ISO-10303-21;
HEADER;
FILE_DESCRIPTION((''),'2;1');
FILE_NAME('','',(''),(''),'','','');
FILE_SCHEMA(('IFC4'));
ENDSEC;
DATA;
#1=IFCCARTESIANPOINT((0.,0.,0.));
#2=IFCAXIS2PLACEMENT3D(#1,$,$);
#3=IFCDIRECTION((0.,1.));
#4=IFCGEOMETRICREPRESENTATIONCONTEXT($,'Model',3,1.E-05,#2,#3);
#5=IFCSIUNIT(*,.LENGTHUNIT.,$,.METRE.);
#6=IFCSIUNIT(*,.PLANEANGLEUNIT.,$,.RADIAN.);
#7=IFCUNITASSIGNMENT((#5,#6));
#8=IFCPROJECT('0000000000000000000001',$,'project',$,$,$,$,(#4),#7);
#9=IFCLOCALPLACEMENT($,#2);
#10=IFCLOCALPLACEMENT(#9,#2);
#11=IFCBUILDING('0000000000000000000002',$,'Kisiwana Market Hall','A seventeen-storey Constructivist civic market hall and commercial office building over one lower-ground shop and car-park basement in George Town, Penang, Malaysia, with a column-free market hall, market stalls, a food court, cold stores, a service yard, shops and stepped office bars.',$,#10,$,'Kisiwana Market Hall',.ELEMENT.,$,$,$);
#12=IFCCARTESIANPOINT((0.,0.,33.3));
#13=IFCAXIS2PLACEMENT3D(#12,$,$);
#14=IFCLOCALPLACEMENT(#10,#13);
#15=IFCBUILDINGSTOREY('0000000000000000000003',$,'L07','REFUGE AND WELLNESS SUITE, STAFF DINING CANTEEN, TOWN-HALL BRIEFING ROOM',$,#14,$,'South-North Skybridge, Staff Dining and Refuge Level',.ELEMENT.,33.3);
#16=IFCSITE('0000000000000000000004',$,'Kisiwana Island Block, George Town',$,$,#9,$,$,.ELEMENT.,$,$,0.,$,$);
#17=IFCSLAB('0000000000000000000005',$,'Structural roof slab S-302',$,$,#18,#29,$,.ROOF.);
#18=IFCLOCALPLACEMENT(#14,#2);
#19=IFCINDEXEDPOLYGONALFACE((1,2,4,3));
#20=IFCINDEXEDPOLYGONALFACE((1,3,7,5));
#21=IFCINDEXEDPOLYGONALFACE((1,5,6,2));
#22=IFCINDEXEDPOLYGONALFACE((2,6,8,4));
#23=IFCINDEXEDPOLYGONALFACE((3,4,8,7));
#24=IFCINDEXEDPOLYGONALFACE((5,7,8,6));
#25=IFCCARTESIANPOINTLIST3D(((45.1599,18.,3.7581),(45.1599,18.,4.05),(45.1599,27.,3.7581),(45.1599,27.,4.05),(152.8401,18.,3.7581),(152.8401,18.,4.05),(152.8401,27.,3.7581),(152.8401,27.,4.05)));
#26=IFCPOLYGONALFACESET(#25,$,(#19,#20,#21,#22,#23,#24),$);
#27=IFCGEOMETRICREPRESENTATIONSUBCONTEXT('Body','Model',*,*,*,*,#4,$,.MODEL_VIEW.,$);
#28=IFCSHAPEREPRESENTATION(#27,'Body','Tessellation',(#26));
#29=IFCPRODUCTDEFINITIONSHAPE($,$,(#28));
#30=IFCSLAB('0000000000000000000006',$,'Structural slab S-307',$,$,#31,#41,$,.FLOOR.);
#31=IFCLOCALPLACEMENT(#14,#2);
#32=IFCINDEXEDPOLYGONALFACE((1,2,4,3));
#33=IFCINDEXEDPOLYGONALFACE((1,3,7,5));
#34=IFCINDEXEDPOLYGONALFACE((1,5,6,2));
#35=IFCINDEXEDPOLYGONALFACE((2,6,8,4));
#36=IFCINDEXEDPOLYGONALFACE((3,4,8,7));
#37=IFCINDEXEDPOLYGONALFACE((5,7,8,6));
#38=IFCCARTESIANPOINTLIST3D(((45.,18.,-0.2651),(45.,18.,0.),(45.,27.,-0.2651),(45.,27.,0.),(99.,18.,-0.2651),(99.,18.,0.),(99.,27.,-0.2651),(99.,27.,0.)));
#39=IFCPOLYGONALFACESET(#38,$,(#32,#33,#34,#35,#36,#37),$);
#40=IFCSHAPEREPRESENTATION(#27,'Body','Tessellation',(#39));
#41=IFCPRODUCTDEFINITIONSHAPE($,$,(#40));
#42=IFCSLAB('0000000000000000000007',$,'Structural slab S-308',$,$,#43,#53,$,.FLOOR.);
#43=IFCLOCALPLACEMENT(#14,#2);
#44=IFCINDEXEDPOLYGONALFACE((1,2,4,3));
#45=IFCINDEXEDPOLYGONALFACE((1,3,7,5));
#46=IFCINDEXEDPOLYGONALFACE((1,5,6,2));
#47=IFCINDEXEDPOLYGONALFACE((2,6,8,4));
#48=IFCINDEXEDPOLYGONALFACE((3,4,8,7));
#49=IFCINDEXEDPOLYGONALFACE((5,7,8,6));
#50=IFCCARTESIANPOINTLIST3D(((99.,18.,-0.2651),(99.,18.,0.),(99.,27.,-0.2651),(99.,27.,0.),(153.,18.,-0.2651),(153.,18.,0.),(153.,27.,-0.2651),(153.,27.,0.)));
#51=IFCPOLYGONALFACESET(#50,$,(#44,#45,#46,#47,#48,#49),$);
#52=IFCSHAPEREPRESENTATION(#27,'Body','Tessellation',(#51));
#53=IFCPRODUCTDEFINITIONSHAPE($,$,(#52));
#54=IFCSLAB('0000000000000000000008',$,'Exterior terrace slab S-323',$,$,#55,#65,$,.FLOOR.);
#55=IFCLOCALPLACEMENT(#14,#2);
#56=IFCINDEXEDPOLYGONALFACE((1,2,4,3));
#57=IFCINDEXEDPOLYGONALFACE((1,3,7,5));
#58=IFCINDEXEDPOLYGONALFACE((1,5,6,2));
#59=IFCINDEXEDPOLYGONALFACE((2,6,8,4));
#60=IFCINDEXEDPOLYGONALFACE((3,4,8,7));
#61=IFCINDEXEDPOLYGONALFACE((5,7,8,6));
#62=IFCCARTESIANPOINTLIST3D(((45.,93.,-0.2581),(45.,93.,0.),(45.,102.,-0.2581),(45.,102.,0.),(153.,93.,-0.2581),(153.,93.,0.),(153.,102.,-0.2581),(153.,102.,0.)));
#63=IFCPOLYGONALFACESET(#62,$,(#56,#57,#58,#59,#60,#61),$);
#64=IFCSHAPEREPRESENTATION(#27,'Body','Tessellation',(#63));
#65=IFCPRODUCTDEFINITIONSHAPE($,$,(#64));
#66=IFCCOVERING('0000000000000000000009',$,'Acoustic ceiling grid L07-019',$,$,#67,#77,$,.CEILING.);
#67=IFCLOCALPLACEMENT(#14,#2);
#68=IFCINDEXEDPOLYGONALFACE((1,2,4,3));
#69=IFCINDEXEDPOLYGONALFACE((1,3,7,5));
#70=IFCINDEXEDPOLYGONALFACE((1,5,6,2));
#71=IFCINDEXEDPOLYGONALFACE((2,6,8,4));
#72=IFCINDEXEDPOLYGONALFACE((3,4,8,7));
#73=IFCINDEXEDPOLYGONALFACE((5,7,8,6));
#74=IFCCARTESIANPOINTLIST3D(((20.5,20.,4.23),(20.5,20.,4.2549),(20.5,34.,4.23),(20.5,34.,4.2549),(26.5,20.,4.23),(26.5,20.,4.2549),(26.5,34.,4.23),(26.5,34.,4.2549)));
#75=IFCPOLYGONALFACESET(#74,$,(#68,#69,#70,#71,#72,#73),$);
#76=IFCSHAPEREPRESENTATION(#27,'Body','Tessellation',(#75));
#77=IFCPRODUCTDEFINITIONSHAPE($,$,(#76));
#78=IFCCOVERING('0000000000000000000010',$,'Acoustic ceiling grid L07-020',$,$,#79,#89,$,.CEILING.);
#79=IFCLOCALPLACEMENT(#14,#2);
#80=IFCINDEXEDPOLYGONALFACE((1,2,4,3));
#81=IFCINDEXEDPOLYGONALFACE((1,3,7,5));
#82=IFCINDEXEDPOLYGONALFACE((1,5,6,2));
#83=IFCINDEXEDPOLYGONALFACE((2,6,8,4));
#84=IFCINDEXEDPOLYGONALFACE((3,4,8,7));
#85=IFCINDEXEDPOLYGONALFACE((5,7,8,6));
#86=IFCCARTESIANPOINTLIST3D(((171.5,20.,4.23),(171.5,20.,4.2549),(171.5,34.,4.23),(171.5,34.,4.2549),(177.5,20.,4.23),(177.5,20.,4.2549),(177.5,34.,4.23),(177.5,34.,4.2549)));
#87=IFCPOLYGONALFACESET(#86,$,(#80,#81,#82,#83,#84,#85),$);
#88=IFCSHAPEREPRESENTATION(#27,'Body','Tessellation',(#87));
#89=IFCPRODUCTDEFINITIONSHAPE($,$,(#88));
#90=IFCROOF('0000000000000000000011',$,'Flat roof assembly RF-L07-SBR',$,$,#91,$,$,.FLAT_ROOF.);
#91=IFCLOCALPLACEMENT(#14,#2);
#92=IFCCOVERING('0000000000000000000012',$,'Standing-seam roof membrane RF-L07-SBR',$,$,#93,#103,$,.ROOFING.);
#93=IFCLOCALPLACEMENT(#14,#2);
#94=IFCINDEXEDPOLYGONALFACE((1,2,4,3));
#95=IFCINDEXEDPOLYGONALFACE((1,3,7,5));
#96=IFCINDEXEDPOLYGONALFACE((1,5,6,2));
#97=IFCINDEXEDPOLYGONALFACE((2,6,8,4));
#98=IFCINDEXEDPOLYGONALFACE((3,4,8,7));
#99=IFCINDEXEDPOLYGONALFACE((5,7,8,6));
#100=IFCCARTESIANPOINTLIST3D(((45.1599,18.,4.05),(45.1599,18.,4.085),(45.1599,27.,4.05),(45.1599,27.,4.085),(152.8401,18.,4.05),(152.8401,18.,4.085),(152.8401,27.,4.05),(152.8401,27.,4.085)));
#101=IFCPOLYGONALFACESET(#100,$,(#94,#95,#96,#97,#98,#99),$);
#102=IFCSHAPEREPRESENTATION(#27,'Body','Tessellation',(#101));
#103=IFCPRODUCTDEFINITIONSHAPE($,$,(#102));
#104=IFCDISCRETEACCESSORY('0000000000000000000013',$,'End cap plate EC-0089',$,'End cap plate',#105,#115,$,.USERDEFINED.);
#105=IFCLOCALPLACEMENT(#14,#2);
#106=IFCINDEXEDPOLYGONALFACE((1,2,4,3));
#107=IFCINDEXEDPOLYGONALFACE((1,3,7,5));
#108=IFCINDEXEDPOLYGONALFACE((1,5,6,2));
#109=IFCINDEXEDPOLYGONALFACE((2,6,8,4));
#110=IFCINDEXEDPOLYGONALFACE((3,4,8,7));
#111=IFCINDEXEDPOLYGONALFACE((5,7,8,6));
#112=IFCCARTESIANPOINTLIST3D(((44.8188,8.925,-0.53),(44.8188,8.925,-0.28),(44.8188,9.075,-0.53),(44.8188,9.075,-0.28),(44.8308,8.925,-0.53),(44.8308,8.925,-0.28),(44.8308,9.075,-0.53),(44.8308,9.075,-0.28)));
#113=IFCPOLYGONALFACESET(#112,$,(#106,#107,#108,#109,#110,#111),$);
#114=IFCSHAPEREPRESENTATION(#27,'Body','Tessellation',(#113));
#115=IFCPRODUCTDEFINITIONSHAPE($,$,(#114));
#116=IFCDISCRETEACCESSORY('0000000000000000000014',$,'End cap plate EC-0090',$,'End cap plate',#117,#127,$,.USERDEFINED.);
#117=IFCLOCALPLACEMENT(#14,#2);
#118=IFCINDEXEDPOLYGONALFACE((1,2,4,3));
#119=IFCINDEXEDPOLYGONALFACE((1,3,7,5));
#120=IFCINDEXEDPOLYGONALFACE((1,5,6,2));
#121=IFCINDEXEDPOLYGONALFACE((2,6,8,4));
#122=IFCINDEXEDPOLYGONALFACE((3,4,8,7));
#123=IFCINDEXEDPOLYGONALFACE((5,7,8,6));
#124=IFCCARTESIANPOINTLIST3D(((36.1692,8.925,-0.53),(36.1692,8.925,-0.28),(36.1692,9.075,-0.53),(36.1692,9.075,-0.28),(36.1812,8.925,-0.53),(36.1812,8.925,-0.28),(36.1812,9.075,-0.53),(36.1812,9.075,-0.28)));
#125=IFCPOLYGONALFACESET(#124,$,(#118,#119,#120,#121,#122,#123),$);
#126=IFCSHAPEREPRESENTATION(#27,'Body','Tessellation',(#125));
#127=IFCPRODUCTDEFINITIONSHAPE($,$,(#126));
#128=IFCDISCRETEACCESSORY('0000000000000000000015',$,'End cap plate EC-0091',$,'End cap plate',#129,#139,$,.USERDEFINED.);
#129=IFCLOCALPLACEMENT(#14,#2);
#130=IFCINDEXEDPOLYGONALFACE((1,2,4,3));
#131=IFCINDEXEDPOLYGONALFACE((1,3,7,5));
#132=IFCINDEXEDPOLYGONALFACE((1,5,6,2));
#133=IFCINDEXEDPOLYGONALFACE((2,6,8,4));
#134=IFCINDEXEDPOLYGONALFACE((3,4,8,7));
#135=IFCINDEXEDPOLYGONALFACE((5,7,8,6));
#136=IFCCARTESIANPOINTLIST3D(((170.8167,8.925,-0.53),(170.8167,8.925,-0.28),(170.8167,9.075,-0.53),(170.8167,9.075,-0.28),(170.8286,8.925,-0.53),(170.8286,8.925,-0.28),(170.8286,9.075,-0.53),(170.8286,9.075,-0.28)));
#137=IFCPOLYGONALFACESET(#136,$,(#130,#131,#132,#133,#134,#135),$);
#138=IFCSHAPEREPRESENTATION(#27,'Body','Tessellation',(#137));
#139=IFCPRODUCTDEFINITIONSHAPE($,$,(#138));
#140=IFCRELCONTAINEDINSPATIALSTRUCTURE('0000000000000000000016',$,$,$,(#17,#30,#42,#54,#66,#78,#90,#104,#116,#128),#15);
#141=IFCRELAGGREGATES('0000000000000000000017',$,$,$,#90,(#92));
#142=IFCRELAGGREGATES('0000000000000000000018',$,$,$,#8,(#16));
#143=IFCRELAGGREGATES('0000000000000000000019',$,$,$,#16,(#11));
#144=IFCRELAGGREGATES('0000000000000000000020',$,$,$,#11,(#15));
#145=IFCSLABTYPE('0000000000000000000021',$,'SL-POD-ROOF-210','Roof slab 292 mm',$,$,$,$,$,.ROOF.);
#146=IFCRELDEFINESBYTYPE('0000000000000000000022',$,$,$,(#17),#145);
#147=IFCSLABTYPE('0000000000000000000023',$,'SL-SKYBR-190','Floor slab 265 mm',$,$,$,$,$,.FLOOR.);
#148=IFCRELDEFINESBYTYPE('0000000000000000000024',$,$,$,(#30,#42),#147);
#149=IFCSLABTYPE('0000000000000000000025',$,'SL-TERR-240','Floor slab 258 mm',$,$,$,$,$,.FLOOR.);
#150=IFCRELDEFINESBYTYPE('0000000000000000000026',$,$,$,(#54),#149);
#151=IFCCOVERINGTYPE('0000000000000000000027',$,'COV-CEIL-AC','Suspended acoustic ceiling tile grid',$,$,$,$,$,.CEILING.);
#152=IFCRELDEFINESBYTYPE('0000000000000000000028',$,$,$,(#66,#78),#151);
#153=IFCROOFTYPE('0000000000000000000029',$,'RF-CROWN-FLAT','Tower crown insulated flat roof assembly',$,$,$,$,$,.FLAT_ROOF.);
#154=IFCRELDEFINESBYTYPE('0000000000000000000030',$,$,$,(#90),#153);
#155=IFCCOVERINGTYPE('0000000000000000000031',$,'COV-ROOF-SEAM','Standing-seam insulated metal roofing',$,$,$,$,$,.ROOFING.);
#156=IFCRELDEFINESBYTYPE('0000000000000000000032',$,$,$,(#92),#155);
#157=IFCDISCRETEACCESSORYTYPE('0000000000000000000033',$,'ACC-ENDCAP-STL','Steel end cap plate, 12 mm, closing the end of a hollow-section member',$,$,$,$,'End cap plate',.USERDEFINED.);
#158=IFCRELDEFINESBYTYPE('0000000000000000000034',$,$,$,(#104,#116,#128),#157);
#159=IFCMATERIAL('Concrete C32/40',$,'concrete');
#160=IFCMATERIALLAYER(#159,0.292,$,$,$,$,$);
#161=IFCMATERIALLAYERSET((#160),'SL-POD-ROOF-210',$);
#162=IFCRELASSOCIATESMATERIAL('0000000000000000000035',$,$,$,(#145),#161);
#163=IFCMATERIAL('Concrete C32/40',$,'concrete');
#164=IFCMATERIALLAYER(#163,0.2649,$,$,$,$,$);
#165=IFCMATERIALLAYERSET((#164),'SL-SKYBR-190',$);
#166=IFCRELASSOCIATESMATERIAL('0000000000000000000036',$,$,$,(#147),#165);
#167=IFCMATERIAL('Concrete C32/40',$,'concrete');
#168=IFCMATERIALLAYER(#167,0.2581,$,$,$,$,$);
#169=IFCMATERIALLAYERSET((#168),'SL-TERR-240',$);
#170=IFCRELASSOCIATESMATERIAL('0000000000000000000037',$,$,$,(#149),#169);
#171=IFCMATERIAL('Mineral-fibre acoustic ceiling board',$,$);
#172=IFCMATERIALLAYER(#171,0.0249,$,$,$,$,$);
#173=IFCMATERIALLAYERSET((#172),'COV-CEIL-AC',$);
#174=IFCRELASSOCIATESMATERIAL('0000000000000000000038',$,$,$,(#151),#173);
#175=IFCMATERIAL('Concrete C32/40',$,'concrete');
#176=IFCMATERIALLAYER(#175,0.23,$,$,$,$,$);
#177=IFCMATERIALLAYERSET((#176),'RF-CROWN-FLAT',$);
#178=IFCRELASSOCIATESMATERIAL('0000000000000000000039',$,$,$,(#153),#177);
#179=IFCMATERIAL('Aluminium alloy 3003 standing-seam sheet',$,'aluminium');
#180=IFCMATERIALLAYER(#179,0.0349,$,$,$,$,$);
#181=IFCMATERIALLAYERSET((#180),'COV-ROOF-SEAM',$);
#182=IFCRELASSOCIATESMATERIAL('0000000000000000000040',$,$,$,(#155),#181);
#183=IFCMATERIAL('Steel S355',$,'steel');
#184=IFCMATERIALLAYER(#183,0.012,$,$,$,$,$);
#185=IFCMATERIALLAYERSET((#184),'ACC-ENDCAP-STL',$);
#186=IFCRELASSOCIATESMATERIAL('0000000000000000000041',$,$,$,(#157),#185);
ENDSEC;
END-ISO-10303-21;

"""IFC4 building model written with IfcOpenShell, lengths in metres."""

from ifc_helpers import new_model, si_unit, direction, frame, origin, place, context, subcontext, project, spatial, polyline, outline, extrude, material, layer, layer_set, type_object, element, aggregate, save


model = new_model("IFC4")

# Units and contexts
model_context = context("Model", 3, precision=1e-05, world=origin(), true_north=direction((0.0, 1.0)))
body_context = subcontext(model_context, "Body", "Model", "MODEL_VIEW")
ifc_project = project(units=[si_unit("LENGTHUNIT", "METRE"), si_unit("PLANEANGLEUNIT", "RADIAN")], contexts=[model_context])

# Site, building, storey
site_placement = place(None, origin())
site = spatial("IfcSite", under=ifc_project, at=site_placement, Name="Kisiwana Island Block, George Town", CompositionType="ELEMENT", RefElevation=0.0)
building_placement = place(site_placement, origin())
building = spatial("IfcBuilding", under=site, at=building_placement, Name="Kisiwana Market Hall", Description="A seventeen-storey Constructivist civic market hall and commercial office building over one lower-ground shop and car-park basement in George Town, Penang, Malaysia, with a column-free market hall, market stalls, a food court, cold stores, a service yard, shops and stepped office bars.", LongName="Kisiwana Market Hall", CompositionType="ELEMENT")
storey_placement = place(building_placement, frame((0.0, 0.0, 33.3)))
storey = spatial("IfcBuildingStorey", under=building, at=storey_placement, Name="L07", Description="REFUGE AND WELLNESS SUITE, STAFF DINING CANTEEN, TOWN-HALL BRIEFING ROOM", LongName="South-North Skybridge, Staff Dining and Refuge Level", CompositionType="ELEMENT", Elevation=33.3)

# Slabs
ifc_material_1 = material(Name="Concrete C32/40", Category="concrete")
ifc_layer_1 = layer(ifc_material_1, 0.292)
ifc_layer_set_1 = layer_set([ifc_layer_1], Name="SL-POD-ROOF-210")
slab_type_1 = type_object("IfcSlabType", Name="SL-POD-ROOF-210", Description="Roof slab 292 mm", PredefinedType="ROOF", material=ifc_layer_set_1)
slab_1_placement = place(storey_placement, frame((0.0, 0.0, 3.7581)))
element("IfcSlab", 1, at=slab_1_placement, inside=storey, type_object=slab_type_1, Name="Structural roof slab S-302", PredefinedType="ROOF", context=body_context, shape_type="SweptSolid", body=[
    extrude(outline(polyline([(45.1599, 18.0), (152.8401, 18.0), (152.8401, 27.0), (45.1599, 27.0), (45.1599, 18.0)])), origin(), (0.0, 0.0, 1.0), 0.292),
])
ifc_material_2 = material(Name="Concrete C32/40", Category="concrete")
ifc_layer_2 = layer(ifc_material_2, 0.2649)
ifc_layer_set_2 = layer_set([ifc_layer_2], Name="SL-SKYBR-190")
slab_type_2 = type_object("IfcSlabType", Name="SL-SKYBR-190", Description="Floor slab 265 mm", PredefinedType="FLOOR", material=ifc_layer_set_2)
slab_2_placement = place(storey_placement, frame((0.0, 0.0, -0.2651)))
element("IfcSlab", 2, at=slab_2_placement, inside=storey, type_object=slab_type_2, Name="Structural slab S-307", PredefinedType="FLOOR", context=body_context, shape_type="SweptSolid", body=[
    extrude(outline(polyline([(45.0, 18.0), (99.0, 18.0), (99.0, 27.0), (45.0, 27.0), (45.0, 18.0)])), origin(), (0.0, 0.0, 1.0), 0.2651),
])
slab_3_placement = place(storey_placement, frame((0.0, 0.0, -0.2651)))
element("IfcSlab", 3, at=slab_3_placement, inside=storey, type_object=slab_type_2, Name="Structural slab S-308", PredefinedType="FLOOR", context=body_context, shape_type="SweptSolid", body=[
    extrude(outline(polyline([(99.0, 18.0), (153.0, 18.0), (153.0, 27.0), (99.0, 27.0), (99.0, 18.0)])), origin(), (0.0, 0.0, 1.0), 0.2651),
])
ifc_material_3 = material(Name="Concrete C32/40", Category="concrete")
ifc_layer_3 = layer(ifc_material_3, 0.2581)
ifc_layer_set_3 = layer_set([ifc_layer_3], Name="SL-TERR-240")
slab_type_3 = type_object("IfcSlabType", Name="SL-TERR-240", Description="Floor slab 258 mm", PredefinedType="FLOOR", material=ifc_layer_set_3)
slab_4_placement = place(storey_placement, frame((0.0, 0.0, -0.2581)))
element("IfcSlab", 4, at=slab_4_placement, inside=storey, type_object=slab_type_3, Name="Exterior terrace slab S-323", PredefinedType="FLOOR", context=body_context, shape_type="SweptSolid", body=[
    extrude(outline(polyline([(45.0, 93.0), (153.0, 93.0), (153.0, 102.0), (45.0, 102.0), (45.0, 93.0)])), origin(), (0.0, 0.0, 1.0), 0.2581),
])

# Coverings
ifc_material_4 = material(Name="Mineral-fibre acoustic ceiling board")
ifc_layer_4 = layer(ifc_material_4, 0.0249)
ifc_layer_set_4 = layer_set([ifc_layer_4], Name="COV-CEIL-AC")
covering_type_1 = type_object("IfcCoveringType", Name="COV-CEIL-AC", Description="Suspended acoustic ceiling tile grid", PredefinedType="CEILING", material=ifc_layer_set_4)
covering_1_placement = place(storey_placement, frame((0.0, 0.0, 4.23)))
element("IfcCovering", 5, at=covering_1_placement, inside=storey, type_object=covering_type_1, Name="Acoustic ceiling grid L07-019", PredefinedType="CEILING", context=body_context, shape_type="SweptSolid", body=[
    extrude(outline(polyline([(20.5, 20.0), (26.5, 20.0), (26.5, 34.0), (20.5, 34.0), (20.5, 20.0)])), origin(), (0.0, 0.0, 1.0), 0.0249),
])
covering_2_placement = place(storey_placement, frame((0.0, 0.0, 4.23)))
element("IfcCovering", 6, at=covering_2_placement, inside=storey, type_object=covering_type_1, Name="Acoustic ceiling grid L07-020", PredefinedType="CEILING", context=body_context, shape_type="SweptSolid", body=[
    extrude(outline(polyline([(171.5, 20.0), (177.5, 20.0), (177.5, 34.0), (171.5, 34.0), (171.5, 20.0)])), origin(), (0.0, 0.0, 1.0), 0.0249),
])

# Roof, covering
ifc_material_5 = material(Name="Concrete C32/40", Category="concrete")
ifc_layer_5 = layer(ifc_material_5, 0.23)
ifc_layer_set_5 = layer_set([ifc_layer_5], Name="RF-CROWN-FLAT")
roof_type = type_object("IfcRoofType", Name="RF-CROWN-FLAT", Description="Tower crown insulated flat roof assembly", PredefinedType="FLAT_ROOF", material=ifc_layer_set_5)
roof_placement = place(storey_placement, origin())
roof = element("IfcRoof", 7, at=roof_placement, inside=storey, type_object=roof_type, Name="Flat roof assembly RF-L07-SBR", PredefinedType="FLAT_ROOF")
ifc_material_6 = material(Name="Aluminium alloy 3003 standing-seam sheet", Category="aluminium")
ifc_layer_6 = layer(ifc_material_6, 0.0349)
ifc_layer_set_6 = layer_set([ifc_layer_6], Name="COV-ROOF-SEAM")
covering_type_2 = type_object("IfcCoveringType", Name="COV-ROOF-SEAM", Description="Standing-seam insulated metal roofing", PredefinedType="ROOFING", material=ifc_layer_set_6)
covering_3_placement = place(storey_placement, frame((0.0, 0.0, 4.05)))
covering_3 = element("IfcCovering", 8, at=covering_3_placement, type_object=covering_type_2, Name="Standing-seam roof membrane RF-L07-SBR", PredefinedType="ROOFING", context=body_context, shape_type="SweptSolid", body=[
    extrude(outline(polyline([(45.1599, 18.0), (152.8401, 18.0), (152.8401, 27.0), (45.1599, 27.0), (45.1599, 18.0)])), origin(), (0.0, 0.0, 1.0), 0.0349),
])
aggregate(roof, [covering_3])

# Discrete accessories
ifc_material_7 = material(Name="Steel S355", Category="steel")
ifc_layer_7 = layer(ifc_material_7, 0.012)
ifc_layer_set_7 = layer_set([ifc_layer_7], Name="ACC-ENDCAP-STL")
discrete_accessory_type = type_object("IfcDiscreteAccessoryType", Name="ACC-ENDCAP-STL", Description="Steel end cap plate, 12 mm, closing the end of a hollow-section member", ElementType="End cap plate", PredefinedType="USERDEFINED", material=ifc_layer_set_7)
discrete_accessory_1_placement = place(storey_placement, frame((0.0, 0.0, -0.53)))
element("IfcDiscreteAccessory", 9, at=discrete_accessory_1_placement, inside=storey, type_object=discrete_accessory_type, Name="End cap plate EC-0089", ObjectType="End cap plate", PredefinedType="USERDEFINED", context=body_context, shape_type="SweptSolid", body=[
    extrude(outline(polyline([(44.8188, 8.925), (44.8308, 8.925), (44.8308, 9.075), (44.8188, 9.075), (44.8188, 8.925)])), origin(), (0.0, 0.0, 1.0), 0.25),
])
discrete_accessory_2_placement = place(storey_placement, frame((0.0, 0.0, -0.53)))
element("IfcDiscreteAccessory", 10, at=discrete_accessory_2_placement, inside=storey, type_object=discrete_accessory_type, Name="End cap plate EC-0090", ObjectType="End cap plate", PredefinedType="USERDEFINED", context=body_context, shape_type="SweptSolid", body=[
    extrude(outline(polyline([(36.1812, 8.925), (36.1812, 9.075), (36.1692, 9.075), (36.1692, 8.925), (36.1812, 8.925)])), origin(), (0.0, 0.0, 1.0), 0.25),
])
discrete_accessory_3_placement = place(storey_placement, frame((0.0, 0.0, -0.53)))
element("IfcDiscreteAccessory", 11, at=discrete_accessory_3_placement, inside=storey, type_object=discrete_accessory_type, Name="End cap plate EC-0091", ObjectType="End cap plate", PredefinedType="USERDEFINED", context=body_context, shape_type="SweptSolid", body=[
    extrude(outline(polyline([(170.8167, 8.925), (170.8286, 8.925), (170.8286, 9.075), (170.8167, 9.075), (170.8167, 8.925)])), origin(), (0.0, 0.0, 1.0), 0.25),
])

save(model, "model.ifc")
